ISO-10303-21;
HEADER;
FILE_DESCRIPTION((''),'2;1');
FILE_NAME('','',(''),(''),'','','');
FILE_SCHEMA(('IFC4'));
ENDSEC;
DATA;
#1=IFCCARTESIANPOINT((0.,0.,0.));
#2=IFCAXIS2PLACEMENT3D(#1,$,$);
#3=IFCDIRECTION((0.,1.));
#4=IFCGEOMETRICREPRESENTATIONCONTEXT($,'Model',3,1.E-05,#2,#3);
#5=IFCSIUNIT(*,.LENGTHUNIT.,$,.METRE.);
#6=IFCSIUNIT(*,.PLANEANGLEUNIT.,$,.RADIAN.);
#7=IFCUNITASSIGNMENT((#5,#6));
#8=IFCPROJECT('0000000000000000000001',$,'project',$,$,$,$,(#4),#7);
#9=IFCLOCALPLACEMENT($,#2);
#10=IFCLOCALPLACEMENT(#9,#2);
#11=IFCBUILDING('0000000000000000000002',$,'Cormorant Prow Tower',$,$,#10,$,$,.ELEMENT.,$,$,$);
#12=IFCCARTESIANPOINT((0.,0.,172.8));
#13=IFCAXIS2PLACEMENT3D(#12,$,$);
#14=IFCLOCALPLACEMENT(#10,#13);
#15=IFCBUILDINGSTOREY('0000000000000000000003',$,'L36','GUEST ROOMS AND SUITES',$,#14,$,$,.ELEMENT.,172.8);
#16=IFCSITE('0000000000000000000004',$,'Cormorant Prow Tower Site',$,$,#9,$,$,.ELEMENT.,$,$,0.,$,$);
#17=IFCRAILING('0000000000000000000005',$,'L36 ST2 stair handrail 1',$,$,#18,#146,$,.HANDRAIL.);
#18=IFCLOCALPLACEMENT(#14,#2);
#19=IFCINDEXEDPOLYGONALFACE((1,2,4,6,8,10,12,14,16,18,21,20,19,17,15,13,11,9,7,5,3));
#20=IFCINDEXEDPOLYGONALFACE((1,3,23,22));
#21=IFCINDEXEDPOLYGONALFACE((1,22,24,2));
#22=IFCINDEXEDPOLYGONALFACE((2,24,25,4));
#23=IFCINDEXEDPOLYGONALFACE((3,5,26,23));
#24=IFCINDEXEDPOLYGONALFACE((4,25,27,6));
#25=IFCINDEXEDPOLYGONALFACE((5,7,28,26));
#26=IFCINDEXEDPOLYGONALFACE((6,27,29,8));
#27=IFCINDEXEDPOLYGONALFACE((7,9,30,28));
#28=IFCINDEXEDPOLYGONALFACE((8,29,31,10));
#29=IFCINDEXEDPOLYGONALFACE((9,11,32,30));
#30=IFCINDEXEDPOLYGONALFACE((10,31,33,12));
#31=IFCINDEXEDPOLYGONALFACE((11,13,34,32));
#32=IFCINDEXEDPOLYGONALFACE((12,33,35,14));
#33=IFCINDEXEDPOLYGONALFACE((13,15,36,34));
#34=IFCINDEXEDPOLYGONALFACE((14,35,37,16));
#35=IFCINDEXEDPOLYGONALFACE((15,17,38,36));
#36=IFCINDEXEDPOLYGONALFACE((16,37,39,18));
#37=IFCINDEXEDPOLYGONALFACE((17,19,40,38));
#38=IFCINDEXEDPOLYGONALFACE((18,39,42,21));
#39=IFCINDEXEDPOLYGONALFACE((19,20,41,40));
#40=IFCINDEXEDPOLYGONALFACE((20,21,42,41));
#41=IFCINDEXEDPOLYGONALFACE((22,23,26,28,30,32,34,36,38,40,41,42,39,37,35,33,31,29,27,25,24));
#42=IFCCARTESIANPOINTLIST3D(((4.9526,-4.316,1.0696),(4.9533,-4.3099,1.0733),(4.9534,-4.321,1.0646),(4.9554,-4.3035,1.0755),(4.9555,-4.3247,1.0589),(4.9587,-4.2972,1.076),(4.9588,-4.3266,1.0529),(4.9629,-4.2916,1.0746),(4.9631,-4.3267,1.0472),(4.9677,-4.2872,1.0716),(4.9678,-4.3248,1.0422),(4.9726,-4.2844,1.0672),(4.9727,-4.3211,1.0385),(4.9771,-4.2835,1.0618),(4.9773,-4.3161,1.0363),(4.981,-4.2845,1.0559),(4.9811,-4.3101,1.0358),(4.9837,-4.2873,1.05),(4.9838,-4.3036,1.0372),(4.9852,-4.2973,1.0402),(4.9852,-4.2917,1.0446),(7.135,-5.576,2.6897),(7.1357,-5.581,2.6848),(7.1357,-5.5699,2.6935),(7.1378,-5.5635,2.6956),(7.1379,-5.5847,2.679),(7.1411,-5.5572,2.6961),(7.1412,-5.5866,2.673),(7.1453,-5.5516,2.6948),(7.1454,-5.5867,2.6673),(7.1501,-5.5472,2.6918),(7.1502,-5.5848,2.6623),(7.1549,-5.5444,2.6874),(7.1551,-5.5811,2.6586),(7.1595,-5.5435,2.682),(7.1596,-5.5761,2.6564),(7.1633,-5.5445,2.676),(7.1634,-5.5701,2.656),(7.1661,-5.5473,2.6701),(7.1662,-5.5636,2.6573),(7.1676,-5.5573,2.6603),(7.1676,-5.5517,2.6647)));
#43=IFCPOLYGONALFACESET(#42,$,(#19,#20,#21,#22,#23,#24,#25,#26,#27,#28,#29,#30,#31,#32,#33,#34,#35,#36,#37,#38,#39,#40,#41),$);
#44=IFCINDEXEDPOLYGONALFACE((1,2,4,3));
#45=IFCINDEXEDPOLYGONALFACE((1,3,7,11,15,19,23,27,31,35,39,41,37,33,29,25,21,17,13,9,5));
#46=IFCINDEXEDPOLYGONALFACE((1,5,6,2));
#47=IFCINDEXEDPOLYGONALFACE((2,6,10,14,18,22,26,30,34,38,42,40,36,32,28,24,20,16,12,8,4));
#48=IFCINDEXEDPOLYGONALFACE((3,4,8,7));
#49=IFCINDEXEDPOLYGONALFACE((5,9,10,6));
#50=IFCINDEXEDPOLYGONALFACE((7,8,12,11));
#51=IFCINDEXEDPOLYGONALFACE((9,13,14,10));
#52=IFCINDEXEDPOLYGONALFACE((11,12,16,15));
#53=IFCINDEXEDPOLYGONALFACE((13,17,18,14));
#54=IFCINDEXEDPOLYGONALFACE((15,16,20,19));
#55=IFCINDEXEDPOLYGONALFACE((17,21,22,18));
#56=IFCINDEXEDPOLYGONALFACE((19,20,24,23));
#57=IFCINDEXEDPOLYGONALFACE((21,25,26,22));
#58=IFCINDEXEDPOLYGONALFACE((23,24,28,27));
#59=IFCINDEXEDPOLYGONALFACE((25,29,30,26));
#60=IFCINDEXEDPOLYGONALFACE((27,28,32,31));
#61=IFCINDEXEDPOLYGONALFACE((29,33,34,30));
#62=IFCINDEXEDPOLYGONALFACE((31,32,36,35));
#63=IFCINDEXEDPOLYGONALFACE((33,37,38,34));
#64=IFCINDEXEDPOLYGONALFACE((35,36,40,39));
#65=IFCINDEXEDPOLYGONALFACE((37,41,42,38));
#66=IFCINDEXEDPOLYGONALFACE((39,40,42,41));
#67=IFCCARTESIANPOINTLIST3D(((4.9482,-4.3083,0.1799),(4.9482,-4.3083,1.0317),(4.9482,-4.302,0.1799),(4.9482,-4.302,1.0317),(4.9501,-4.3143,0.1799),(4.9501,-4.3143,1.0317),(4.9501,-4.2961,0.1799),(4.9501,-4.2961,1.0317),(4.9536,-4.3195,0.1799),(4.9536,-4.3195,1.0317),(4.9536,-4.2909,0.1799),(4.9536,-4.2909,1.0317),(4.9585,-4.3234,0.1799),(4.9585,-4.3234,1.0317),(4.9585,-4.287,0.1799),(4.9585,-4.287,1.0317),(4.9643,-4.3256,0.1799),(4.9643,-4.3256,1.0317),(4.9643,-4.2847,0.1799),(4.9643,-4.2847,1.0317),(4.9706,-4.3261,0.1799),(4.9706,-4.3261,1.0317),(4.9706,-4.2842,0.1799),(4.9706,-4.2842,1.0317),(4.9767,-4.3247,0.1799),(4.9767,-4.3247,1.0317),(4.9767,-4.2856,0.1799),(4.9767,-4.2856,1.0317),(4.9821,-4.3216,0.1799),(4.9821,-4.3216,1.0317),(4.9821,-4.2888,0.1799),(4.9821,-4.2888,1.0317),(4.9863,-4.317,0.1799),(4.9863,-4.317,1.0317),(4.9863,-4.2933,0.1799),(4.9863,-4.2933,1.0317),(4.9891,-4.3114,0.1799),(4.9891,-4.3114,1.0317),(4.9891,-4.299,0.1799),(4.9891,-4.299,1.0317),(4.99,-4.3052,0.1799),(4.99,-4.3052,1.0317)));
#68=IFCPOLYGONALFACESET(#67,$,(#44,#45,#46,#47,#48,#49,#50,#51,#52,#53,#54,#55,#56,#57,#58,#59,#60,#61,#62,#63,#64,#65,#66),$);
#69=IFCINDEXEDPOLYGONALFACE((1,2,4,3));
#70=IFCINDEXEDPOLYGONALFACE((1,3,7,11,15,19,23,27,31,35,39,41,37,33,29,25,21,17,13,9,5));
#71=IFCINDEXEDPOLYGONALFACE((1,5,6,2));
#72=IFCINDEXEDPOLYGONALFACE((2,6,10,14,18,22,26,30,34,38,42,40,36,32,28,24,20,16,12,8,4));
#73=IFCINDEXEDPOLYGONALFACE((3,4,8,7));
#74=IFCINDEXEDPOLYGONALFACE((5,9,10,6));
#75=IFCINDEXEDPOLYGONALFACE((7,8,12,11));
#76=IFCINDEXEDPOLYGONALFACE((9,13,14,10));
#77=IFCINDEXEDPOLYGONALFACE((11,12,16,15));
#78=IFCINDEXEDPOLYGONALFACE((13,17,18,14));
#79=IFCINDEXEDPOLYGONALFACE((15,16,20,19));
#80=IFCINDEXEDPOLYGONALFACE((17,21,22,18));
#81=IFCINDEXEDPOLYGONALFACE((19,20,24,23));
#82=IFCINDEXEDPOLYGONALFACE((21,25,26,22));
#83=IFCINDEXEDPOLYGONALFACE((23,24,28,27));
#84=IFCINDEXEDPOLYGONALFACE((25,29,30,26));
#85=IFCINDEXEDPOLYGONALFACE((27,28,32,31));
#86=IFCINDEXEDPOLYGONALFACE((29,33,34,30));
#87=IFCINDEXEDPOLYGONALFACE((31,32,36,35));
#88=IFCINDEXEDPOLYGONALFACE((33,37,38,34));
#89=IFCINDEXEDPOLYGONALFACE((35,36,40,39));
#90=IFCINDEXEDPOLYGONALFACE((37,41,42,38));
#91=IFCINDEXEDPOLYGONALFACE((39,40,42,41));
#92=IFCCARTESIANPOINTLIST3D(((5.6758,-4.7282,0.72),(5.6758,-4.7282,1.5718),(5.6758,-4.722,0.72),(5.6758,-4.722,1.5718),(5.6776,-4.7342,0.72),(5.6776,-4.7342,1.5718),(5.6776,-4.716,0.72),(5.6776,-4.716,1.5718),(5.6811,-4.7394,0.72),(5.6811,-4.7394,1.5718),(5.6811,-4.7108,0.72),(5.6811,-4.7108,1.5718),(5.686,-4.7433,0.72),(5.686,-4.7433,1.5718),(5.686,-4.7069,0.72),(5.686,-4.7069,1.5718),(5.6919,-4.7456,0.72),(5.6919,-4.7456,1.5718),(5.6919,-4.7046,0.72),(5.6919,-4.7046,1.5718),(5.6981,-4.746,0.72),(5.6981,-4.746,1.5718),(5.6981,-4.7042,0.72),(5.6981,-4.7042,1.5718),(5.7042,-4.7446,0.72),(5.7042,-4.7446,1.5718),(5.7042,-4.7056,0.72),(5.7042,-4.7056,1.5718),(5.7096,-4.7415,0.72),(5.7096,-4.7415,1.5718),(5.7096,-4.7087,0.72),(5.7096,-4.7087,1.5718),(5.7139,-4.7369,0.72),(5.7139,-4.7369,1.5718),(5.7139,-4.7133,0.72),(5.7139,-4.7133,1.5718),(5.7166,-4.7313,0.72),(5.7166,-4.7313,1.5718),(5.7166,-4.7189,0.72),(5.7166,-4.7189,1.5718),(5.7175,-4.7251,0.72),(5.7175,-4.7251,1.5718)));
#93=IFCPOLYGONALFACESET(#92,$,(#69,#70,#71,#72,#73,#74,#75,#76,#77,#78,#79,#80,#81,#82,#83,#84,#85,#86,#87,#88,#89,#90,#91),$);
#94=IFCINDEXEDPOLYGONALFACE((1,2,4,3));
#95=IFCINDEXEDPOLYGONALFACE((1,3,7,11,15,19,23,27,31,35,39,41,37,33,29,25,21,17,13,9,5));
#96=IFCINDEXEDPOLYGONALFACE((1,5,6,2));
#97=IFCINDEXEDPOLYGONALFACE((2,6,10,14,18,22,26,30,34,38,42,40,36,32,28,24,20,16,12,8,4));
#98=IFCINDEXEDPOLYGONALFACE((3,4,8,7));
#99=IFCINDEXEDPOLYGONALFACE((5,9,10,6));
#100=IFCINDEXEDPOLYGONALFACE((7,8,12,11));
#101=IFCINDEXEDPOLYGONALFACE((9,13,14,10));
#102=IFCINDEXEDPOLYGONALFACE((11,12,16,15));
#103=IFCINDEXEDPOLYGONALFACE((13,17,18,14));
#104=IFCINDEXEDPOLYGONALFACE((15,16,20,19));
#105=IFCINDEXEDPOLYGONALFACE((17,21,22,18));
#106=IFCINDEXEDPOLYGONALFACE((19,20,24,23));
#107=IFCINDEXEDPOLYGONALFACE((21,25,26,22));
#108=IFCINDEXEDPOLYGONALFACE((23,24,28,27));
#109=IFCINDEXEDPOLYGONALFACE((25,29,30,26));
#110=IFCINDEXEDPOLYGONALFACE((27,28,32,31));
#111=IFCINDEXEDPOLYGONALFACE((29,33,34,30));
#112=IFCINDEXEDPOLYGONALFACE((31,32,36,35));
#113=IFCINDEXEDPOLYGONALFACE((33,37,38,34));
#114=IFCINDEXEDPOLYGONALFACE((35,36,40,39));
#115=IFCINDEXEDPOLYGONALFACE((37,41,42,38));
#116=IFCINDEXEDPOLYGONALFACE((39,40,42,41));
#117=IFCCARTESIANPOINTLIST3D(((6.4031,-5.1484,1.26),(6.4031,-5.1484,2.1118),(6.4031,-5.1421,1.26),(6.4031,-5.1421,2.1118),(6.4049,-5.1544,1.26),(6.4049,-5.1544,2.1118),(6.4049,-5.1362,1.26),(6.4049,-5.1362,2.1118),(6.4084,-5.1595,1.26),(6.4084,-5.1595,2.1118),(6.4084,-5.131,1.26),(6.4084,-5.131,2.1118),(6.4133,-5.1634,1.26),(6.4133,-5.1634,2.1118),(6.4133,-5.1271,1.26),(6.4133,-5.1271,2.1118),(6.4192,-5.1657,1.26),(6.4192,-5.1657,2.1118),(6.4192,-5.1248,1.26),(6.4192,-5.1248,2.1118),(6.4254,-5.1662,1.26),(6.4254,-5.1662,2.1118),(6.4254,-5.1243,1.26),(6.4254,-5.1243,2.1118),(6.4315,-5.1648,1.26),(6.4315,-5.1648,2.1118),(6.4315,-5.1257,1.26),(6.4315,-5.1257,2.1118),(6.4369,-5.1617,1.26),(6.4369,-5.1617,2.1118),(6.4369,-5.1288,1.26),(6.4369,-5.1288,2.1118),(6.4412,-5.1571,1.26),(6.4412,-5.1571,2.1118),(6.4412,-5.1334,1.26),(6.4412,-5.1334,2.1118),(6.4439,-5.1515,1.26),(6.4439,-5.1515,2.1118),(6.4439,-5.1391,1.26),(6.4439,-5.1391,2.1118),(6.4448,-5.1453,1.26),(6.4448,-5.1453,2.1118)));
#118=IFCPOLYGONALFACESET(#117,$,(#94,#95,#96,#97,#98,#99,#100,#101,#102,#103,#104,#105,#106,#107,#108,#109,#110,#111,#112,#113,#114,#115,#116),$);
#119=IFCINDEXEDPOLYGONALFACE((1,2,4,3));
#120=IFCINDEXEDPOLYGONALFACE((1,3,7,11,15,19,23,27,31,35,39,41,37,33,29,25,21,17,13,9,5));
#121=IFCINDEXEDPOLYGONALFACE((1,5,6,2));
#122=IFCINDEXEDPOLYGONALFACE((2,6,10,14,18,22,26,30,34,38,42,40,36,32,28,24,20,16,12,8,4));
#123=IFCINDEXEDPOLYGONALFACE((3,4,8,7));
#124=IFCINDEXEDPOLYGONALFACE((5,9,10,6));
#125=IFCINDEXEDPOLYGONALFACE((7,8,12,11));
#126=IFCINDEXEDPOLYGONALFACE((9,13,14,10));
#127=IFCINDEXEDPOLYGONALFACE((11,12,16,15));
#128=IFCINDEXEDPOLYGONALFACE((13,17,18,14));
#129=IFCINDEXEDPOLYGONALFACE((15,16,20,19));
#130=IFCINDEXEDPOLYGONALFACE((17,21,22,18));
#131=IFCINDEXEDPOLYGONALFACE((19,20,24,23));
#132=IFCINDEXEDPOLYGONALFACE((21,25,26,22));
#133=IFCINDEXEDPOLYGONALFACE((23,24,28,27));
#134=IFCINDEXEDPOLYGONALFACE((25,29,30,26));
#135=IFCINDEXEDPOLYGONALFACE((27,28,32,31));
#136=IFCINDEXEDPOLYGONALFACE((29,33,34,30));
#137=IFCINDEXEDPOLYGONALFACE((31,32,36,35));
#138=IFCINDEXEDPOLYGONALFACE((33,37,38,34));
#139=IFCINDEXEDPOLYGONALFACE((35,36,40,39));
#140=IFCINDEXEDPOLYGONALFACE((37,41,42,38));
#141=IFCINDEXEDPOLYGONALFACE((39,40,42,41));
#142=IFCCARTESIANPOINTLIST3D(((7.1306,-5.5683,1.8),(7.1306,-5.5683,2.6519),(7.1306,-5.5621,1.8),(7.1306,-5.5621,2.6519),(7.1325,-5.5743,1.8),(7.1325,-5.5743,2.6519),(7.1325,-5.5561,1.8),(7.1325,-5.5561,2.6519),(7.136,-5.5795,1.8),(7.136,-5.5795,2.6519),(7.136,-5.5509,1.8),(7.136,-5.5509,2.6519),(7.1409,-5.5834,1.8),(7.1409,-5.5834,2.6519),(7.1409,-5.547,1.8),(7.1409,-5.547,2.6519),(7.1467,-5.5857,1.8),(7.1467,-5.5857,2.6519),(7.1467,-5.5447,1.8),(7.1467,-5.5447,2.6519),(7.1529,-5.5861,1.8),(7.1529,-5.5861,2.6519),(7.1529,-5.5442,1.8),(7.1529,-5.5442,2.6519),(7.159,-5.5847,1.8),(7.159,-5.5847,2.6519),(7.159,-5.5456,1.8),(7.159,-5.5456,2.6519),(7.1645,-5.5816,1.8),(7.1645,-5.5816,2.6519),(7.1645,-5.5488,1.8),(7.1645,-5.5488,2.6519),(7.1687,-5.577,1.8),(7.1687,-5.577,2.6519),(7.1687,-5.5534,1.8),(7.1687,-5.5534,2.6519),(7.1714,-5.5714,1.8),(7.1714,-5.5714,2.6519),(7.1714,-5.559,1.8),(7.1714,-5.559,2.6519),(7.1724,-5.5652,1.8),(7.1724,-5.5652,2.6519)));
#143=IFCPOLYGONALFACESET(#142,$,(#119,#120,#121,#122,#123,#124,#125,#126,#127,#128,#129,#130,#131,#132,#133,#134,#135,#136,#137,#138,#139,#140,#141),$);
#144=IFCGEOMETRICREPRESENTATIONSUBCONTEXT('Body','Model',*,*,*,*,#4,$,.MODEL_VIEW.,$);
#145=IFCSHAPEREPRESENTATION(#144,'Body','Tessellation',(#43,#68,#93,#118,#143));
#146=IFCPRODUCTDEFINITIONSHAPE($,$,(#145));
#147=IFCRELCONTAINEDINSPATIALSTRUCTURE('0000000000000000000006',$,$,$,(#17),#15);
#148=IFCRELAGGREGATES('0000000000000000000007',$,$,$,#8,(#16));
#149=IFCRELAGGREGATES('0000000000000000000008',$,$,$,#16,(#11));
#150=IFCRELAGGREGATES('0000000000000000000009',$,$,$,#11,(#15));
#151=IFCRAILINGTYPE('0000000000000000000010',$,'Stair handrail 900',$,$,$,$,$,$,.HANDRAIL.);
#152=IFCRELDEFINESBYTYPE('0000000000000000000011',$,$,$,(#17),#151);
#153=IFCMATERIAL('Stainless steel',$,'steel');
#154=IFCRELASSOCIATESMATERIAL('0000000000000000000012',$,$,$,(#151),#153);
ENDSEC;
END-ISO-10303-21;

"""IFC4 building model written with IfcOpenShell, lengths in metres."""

from ifc_helpers import new_model, si_unit, direction, frame, origin, origin_2d, place, context, subcontext, project, spatial, circle, extrude, material, type_object, element, save


model = new_model("IFC4")

# Units and contexts
model_context = context("Model", 3, precision=1e-05, world=origin(), true_north=direction((0.0, 1.0)))
body_context = subcontext(model_context, "Body", "Model", "MODEL_VIEW")
ifc_project = project(units=[si_unit("LENGTHUNIT", "METRE"), si_unit("PLANEANGLEUNIT", "RADIAN")], contexts=[model_context])

# Site, building, storey
site_placement = place(None, origin())
site = spatial("IfcSite", under=ifc_project, at=site_placement, Name="Cormorant Prow Tower Site", CompositionType="ELEMENT", RefElevation=0.0)
building_placement = place(site_placement, origin())
building = spatial("IfcBuilding", under=site, at=building_placement, Name="Cormorant Prow Tower", CompositionType="ELEMENT")
storey_placement = place(building_placement, frame((0.0, 0.0, 172.8)))
storey = spatial("IfcBuildingStorey", under=building, at=storey_placement, Name="L36", Description="GUEST ROOMS AND SUITES", CompositionType="ELEMENT", Elevation=172.8)

# Railing
ifc_material_1 = material(Name="Stainless steel", Category="steel")
railing_type_1 = type_object("IfcRailingType", Name="Stair handrail 900", PredefinedType="HANDRAIL", material=ifc_material_1)
railing_1_placement = place(storey_placement, frame((4.969, -4.3052, 0.1799)))
element("IfcRailing", 1, at=railing_1_placement, inside=storey, type_object=railing_type_1, Name="L36 ST2 stair handrail 1", PredefinedType="HANDRAIL", context=body_context, shape_type="SweptSolid", body=[
    extrude(circle(Radius=0.0239, at=origin_2d()), frame((0.0, 0.0, 0.876), z_axis=(0.728464, -0.420584, 0.540786), x_axis=(0.500005, 0.866023, 0.0)), (0.0, 0.0, 1.0), 2.9958),
    extrude(circle(Radius=0.021, at=origin_2d()), origin(), (0.0, 0.0, 1.0), 0.8518),
    extrude(circle(Radius=0.021, at=origin_2d()), frame((0.7275, -0.4199, 0.54)), (0.0, 0.0, 1.0), 0.8518),
    extrude(circle(Radius=0.021, at=origin_2d()), frame((1.4548, -0.8401, 1.0801)), (0.0, 0.0, 1.0), 0.8518),
    extrude(circle(Radius=0.021, at=origin_2d()), frame((2.1824, -1.26, 1.6201)), (0.0, 0.0, 1.0), 0.8518),
])

save(model, "model.ifc")
